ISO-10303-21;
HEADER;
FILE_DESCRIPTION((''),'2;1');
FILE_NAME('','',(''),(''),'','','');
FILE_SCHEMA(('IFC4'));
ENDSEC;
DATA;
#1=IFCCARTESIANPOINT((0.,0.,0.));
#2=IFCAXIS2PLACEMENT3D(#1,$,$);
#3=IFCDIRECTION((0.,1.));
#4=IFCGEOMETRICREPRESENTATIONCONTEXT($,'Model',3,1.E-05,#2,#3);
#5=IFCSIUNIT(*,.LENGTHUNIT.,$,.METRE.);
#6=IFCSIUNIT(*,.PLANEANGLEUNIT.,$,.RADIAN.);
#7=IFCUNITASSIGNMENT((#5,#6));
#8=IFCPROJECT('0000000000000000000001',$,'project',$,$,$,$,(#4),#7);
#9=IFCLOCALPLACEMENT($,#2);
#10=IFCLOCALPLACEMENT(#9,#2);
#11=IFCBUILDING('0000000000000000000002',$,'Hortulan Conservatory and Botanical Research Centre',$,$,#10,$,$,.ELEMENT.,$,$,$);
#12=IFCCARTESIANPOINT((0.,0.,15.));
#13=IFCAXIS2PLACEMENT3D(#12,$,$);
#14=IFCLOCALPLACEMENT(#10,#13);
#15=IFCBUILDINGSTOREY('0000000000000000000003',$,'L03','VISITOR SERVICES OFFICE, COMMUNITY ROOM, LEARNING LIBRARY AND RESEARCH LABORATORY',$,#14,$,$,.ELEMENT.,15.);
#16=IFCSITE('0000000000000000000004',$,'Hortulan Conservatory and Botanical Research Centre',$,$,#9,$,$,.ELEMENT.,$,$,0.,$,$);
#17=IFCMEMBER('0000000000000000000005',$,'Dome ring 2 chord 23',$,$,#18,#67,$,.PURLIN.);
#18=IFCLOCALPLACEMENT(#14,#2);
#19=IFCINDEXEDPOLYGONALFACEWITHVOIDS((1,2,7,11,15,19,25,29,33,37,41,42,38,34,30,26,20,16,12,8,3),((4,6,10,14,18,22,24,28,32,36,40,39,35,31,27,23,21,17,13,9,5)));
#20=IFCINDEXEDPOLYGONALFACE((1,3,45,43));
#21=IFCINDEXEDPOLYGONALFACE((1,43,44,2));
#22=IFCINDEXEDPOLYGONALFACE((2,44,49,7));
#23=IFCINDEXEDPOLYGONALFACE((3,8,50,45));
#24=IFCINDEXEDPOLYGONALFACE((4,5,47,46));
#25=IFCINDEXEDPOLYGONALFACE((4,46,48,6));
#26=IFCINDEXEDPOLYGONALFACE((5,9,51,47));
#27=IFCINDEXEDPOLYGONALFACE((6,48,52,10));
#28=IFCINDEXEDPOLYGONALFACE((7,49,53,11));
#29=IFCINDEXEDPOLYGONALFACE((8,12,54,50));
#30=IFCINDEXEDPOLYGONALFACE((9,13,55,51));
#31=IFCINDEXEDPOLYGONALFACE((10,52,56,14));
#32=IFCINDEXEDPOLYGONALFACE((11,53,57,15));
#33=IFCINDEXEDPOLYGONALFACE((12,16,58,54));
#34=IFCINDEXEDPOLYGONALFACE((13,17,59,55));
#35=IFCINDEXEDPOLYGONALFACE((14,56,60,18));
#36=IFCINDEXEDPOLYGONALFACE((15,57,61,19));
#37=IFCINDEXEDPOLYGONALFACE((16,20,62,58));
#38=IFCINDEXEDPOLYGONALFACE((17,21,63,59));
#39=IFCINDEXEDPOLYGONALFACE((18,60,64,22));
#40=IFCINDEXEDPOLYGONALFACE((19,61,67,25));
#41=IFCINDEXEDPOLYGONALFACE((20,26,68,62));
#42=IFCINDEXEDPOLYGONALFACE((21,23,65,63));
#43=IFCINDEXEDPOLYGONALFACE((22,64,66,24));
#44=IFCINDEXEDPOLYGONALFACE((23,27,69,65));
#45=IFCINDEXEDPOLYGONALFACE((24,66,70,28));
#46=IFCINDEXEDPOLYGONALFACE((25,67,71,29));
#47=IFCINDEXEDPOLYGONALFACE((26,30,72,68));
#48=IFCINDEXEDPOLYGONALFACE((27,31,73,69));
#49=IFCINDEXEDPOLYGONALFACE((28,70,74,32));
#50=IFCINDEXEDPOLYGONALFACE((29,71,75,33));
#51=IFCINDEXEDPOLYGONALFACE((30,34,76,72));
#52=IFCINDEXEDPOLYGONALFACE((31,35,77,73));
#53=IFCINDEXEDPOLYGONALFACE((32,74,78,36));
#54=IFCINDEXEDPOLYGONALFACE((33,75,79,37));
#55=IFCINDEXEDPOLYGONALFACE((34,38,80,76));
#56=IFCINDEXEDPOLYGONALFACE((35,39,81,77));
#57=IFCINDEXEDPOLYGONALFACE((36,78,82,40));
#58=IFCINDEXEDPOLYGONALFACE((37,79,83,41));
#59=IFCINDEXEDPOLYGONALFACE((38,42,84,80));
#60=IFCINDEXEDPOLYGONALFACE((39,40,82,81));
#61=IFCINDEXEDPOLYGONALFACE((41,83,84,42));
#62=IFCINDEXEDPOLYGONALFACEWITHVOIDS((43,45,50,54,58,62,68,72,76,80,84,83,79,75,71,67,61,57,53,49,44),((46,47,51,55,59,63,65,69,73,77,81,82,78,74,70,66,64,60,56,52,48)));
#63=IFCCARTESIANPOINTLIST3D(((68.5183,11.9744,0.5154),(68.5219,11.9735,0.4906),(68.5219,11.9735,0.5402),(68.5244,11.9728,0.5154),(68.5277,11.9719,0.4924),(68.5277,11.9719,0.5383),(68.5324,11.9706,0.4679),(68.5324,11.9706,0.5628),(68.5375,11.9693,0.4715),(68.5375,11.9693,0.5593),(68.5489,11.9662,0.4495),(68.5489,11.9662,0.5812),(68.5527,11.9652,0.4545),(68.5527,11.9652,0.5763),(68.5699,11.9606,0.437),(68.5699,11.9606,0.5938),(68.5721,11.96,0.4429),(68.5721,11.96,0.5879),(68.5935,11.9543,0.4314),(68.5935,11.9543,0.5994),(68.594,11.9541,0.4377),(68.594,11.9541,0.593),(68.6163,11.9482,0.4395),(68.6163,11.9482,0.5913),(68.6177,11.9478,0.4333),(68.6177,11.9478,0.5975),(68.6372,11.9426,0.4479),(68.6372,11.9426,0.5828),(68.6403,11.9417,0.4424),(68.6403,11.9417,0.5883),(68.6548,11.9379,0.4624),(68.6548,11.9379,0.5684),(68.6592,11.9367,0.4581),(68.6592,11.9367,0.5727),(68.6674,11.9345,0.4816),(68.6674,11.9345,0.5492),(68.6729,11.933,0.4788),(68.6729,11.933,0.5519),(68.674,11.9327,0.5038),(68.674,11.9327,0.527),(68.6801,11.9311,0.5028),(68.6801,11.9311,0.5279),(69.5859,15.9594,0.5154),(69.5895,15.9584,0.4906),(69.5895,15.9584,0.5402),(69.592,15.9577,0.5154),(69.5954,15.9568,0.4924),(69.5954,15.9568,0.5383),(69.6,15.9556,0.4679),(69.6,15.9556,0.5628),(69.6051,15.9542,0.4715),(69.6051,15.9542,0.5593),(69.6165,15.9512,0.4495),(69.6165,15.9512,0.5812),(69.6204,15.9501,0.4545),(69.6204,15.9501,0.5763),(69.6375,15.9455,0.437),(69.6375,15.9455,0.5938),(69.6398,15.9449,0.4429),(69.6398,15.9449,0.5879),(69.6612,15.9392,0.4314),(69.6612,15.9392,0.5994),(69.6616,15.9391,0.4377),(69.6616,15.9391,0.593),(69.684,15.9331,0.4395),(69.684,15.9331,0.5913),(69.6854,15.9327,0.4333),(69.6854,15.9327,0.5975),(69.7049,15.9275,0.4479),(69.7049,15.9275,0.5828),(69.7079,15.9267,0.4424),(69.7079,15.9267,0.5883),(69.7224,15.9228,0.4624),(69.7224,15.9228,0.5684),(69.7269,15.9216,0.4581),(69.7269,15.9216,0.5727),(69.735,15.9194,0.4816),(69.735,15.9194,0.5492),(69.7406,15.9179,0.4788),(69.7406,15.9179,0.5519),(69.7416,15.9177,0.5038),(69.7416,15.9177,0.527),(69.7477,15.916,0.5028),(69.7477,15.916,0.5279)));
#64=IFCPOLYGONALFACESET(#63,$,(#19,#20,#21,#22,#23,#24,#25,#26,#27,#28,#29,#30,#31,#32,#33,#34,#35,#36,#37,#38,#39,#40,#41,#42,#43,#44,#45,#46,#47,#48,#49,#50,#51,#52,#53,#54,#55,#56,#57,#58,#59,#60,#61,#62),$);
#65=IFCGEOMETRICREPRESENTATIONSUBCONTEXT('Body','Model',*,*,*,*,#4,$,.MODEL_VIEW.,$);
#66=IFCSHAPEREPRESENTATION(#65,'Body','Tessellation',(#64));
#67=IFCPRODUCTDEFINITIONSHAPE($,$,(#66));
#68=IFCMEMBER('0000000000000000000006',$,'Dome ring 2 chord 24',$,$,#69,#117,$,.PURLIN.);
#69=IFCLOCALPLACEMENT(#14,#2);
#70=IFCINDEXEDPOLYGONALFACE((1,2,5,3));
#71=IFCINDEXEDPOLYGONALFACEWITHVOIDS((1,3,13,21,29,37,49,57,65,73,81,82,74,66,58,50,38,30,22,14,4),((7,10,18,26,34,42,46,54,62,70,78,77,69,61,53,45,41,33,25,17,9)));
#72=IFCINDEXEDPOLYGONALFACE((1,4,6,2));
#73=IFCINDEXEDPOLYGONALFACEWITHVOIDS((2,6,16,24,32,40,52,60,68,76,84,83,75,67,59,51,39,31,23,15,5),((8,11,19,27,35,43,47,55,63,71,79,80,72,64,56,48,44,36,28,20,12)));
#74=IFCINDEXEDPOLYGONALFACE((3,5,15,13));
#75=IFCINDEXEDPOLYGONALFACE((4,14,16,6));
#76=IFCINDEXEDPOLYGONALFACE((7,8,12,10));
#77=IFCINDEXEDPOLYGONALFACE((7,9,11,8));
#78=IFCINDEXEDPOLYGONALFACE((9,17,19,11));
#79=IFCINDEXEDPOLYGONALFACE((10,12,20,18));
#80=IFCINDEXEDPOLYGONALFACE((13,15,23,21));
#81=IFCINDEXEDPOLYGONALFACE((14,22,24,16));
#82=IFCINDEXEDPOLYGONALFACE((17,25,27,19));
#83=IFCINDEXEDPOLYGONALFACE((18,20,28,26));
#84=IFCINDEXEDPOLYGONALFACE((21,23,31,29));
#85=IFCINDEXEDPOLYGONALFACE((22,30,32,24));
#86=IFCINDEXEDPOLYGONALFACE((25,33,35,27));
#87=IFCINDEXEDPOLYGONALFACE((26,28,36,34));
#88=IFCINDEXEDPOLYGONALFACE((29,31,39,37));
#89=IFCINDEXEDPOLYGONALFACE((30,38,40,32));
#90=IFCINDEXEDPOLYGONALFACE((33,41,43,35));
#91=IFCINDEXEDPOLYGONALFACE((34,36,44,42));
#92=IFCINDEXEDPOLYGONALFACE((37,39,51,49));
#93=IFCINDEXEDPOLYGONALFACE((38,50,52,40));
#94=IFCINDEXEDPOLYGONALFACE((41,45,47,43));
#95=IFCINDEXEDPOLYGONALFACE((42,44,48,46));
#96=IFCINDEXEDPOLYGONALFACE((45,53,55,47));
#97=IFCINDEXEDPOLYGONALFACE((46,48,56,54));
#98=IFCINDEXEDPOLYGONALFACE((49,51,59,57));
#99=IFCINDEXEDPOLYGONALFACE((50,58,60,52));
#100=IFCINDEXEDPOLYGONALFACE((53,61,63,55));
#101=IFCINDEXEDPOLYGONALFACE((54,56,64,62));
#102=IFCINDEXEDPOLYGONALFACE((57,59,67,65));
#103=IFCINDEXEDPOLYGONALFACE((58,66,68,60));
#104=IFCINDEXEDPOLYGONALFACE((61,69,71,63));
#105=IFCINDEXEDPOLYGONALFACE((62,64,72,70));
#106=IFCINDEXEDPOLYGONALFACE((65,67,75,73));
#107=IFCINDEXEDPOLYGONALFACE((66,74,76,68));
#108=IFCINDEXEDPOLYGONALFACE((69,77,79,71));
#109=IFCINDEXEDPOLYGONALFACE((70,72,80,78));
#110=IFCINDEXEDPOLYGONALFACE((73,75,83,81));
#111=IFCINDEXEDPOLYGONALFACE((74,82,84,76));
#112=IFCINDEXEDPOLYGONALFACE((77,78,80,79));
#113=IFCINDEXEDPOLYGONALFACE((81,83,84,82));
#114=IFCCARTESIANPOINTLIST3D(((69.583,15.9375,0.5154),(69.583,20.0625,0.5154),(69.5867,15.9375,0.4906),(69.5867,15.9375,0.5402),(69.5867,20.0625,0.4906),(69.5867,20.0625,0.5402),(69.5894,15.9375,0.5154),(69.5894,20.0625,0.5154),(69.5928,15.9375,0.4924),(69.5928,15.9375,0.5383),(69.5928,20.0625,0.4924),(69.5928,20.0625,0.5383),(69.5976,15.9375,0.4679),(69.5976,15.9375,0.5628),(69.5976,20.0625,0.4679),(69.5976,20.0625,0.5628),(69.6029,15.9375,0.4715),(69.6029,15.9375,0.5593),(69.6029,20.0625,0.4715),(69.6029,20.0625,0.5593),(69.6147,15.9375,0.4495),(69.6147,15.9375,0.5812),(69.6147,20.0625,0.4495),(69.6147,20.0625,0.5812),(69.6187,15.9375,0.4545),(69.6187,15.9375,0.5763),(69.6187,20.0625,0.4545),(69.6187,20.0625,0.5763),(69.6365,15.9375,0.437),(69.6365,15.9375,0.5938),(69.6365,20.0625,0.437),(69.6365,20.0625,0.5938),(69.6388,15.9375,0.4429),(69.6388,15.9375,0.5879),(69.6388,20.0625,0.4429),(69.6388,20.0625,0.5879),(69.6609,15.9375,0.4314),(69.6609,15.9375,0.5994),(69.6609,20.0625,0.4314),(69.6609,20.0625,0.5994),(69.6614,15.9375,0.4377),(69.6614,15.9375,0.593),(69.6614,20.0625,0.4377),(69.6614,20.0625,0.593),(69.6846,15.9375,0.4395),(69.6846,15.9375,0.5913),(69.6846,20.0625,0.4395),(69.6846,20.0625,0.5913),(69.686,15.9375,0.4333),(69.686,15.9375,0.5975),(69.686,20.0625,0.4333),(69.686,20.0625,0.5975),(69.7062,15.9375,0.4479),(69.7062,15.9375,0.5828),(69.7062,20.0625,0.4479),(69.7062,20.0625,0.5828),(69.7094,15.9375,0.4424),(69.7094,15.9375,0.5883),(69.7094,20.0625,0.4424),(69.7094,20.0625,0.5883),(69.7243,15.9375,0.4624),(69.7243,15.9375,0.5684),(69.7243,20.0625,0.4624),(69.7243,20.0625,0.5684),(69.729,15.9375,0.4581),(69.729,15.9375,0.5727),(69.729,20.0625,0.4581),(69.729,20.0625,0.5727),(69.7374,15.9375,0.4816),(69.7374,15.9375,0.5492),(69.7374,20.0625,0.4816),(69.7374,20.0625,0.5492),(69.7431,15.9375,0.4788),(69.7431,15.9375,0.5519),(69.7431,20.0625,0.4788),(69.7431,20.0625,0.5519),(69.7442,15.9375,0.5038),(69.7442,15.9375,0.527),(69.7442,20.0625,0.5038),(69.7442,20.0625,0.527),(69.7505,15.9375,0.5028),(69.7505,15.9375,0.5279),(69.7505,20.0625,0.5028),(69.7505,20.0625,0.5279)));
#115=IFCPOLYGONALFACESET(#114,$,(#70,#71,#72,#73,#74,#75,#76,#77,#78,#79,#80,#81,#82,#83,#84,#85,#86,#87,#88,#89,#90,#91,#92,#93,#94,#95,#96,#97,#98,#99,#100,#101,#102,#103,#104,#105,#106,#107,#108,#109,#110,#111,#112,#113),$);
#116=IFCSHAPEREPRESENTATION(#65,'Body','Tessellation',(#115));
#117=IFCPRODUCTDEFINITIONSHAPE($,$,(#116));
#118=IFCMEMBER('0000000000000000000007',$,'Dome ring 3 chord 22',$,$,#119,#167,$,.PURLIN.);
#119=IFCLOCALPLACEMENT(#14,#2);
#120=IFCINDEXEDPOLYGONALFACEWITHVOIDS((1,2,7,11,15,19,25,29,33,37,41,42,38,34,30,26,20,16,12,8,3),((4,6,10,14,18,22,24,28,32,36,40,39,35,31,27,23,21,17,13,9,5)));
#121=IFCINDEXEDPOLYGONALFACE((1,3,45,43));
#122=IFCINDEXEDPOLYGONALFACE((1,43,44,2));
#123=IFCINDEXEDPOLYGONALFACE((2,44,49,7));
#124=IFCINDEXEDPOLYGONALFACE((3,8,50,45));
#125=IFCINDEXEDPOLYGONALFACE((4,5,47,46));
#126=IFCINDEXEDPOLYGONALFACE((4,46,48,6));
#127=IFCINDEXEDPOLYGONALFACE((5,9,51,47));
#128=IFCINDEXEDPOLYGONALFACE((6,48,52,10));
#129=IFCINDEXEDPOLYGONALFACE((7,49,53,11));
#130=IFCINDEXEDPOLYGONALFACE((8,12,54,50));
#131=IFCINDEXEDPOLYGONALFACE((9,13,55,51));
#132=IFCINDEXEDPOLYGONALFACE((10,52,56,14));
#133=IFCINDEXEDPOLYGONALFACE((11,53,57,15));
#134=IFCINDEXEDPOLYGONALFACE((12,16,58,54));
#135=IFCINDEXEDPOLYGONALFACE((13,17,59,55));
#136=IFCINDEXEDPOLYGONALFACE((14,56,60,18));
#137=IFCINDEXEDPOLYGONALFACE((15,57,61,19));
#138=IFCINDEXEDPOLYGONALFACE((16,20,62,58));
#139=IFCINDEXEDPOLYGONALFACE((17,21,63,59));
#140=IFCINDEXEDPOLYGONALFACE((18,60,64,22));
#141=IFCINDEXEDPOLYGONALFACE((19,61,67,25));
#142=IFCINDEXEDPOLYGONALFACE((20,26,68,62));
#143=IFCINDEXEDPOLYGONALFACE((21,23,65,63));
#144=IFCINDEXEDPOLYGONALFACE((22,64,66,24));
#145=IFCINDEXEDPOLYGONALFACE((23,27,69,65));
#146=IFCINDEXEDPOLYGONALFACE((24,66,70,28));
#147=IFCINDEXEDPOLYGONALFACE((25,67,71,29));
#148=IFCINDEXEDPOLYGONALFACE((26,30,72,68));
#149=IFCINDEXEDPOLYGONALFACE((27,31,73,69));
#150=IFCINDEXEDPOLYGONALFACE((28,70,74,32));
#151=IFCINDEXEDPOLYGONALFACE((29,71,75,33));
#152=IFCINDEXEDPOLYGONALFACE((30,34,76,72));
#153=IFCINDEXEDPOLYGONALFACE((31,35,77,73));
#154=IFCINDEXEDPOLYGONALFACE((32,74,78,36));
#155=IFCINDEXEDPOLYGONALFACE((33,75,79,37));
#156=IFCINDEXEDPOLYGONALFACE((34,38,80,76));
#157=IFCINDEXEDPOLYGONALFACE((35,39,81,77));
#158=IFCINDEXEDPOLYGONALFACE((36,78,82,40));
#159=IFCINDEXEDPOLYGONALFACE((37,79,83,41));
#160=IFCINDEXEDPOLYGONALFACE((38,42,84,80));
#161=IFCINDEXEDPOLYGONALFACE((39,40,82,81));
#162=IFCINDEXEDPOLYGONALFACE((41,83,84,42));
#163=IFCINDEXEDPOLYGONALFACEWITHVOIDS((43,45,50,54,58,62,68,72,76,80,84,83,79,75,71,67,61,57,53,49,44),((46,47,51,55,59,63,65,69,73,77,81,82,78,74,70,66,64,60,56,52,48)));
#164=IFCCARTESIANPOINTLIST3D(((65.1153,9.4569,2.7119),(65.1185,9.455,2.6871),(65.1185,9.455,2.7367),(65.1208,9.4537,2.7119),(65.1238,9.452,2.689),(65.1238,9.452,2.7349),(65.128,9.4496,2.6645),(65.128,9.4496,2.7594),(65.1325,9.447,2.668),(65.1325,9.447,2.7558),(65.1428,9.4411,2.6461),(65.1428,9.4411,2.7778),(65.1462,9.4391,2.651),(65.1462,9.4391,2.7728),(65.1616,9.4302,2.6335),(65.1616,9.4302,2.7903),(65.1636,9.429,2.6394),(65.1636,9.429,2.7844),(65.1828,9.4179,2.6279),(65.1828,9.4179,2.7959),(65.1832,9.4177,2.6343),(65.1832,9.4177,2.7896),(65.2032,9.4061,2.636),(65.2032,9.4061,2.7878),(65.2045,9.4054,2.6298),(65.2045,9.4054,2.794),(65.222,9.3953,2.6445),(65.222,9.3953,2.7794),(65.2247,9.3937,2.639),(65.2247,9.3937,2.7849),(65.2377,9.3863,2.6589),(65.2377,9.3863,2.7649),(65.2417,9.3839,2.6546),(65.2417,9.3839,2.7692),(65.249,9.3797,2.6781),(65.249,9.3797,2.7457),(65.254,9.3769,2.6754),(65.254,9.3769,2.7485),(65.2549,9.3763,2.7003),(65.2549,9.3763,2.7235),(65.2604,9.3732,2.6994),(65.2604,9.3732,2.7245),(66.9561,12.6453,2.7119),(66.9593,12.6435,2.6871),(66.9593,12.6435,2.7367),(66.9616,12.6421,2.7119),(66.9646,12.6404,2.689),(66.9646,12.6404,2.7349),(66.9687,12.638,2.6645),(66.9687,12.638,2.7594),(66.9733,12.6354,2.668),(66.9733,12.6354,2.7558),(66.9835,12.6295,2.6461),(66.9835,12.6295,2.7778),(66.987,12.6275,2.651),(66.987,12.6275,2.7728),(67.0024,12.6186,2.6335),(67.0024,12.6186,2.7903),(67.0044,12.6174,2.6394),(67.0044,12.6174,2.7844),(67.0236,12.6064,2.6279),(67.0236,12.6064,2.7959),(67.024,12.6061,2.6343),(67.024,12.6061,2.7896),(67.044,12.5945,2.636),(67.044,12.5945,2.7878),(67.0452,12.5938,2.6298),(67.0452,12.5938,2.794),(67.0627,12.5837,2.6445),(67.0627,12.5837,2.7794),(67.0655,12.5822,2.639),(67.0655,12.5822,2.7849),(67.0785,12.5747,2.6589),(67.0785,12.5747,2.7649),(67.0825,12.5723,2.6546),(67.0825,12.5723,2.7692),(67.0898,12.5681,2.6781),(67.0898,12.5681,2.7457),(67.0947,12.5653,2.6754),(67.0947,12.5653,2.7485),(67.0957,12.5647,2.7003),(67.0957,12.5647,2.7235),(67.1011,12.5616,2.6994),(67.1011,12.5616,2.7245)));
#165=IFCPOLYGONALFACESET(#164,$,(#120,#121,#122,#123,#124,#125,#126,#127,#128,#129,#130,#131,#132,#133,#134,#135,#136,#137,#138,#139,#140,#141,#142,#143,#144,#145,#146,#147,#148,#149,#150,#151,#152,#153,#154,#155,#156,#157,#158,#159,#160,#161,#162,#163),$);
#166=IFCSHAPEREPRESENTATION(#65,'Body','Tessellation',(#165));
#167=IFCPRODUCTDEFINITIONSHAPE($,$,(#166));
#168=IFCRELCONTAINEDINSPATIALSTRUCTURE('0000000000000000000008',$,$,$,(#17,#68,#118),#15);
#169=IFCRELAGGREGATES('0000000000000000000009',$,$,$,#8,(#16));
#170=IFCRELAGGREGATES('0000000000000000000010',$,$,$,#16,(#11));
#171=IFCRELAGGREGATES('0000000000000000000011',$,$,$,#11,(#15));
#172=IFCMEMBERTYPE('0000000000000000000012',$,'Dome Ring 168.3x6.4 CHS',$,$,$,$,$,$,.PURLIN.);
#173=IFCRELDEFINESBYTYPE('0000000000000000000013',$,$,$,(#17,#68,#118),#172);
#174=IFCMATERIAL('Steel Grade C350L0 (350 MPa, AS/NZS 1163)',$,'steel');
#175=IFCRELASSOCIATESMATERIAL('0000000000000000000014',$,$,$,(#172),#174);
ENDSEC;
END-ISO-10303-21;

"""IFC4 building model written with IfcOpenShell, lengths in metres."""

from ifc_helpers import new_model, si_unit, direction, frame, origin, origin_2d, place, context, subcontext, project, spatial, hollow_circle, extrude, material, material_profile, profile_set, type_object, element, save


model = new_model("IFC4")

# Units and contexts
model_context = context("Model", 3, precision=1e-05, world=origin(), true_north=direction((0.0, 1.0)))
body_context = subcontext(model_context, "Body", "Model", "MODEL_VIEW")
ifc_project = project(units=[si_unit("LENGTHUNIT", "METRE"), si_unit("PLANEANGLEUNIT", "RADIAN")], contexts=[model_context])

# Site, building, storey
site_placement = place(None, origin())
site = spatial("IfcSite", under=ifc_project, at=site_placement, Name="Hortulan Conservatory and Botanical Research Centre", CompositionType="ELEMENT", RefElevation=0.0)
building_placement = place(site_placement, origin())
building = spatial("IfcBuilding", under=site, at=building_placement, Name="Hortulan Conservatory and Botanical Research Centre", CompositionType="ELEMENT")
storey_placement = place(building_placement, frame((0.0, 0.0, 15.0)))
storey = spatial("IfcBuildingStorey", under=building, at=storey_placement, Name="L03", Description="VISITOR SERVICES OFFICE, COMMUNITY ROOM, LEARNING LIBRARY AND RESEARCH LABORATORY", CompositionType="ELEMENT", Elevation=15.0)

# Shared definitions
ifc_material_1 = material(Name="Steel Grade C350L0 (350 MPa, AS/NZS 1163)", Category="steel")

# Members
ifc_material_profile_1 = material_profile(ifc_material_1, hollow_circle(Radius=0.0842, WallThickness=0.0063, at=origin_2d()), Name="168.3x6.4CHS")
ifc_profile_set_1 = profile_set([ifc_material_profile_1], Name="Steel Grade C350L0 (350 MPa, AS/NZS 1163)")
member_type_1 = type_object("IfcMemberType", Name="Dome Ring 168.3x6.4 CHS", PredefinedType="PURLIN", material=ifc_profile_set_1)
member_1_placement = place(storey_placement, frame((68.5996, 11.9526, 0.5154), z_axis=(0.258793, 0.965933, 0.0), x_axis=(-0.965933, 0.258793, 0.0)))
element("IfcMember", 1, at=member_1_placement, inside=storey, type_object=member_type_1, Name="Dome ring 2 chord 23", PredefinedType="PURLIN", context=body_context, shape_type="SweptSolid", body=[
    extrude(hollow_circle(Radius=0.0842, WallThickness=0.0063, at=origin_2d()), origin(), (0.0, 0.0, 1.0), 4.1255),
])
member_2_placement = place(storey_placement, frame((69.6672, 15.9375, 0.5154), z_axis=(0.0, 1.0, 0.0), x_axis=(-1.0, 0.0, 0.0)))
element("IfcMember", 2, at=member_2_placement, inside=storey, type_object=member_type_1, Name="Dome ring 2 chord 24", PredefinedType="PURLIN", context=body_context, shape_type="SweptSolid", body=[
    extrude(hollow_circle(Radius=0.0842, WallThickness=0.0063, at=origin_2d()), origin(), (0.0, 0.0, 1.0), 4.125),
])
member_3_placement = place(storey_placement, frame((65.1882, 9.4148, 2.7119), z_axis=(0.49999, 0.866031, 0.0), x_axis=(-0.866031, 0.49999, 0.0)))
element("IfcMember", 3, at=member_3_placement, inside=storey, type_object=member_type_1, Name="Dome ring 3 chord 22", PredefinedType="PURLIN", context=body_context, shape_type="SweptSolid", body=[
    extrude(hollow_circle(Radius=0.0842, WallThickness=0.0063, at=origin_2d()), origin(), (0.0, 0.0, 1.0), 3.6816),
])

save(model, "model.ifc")
